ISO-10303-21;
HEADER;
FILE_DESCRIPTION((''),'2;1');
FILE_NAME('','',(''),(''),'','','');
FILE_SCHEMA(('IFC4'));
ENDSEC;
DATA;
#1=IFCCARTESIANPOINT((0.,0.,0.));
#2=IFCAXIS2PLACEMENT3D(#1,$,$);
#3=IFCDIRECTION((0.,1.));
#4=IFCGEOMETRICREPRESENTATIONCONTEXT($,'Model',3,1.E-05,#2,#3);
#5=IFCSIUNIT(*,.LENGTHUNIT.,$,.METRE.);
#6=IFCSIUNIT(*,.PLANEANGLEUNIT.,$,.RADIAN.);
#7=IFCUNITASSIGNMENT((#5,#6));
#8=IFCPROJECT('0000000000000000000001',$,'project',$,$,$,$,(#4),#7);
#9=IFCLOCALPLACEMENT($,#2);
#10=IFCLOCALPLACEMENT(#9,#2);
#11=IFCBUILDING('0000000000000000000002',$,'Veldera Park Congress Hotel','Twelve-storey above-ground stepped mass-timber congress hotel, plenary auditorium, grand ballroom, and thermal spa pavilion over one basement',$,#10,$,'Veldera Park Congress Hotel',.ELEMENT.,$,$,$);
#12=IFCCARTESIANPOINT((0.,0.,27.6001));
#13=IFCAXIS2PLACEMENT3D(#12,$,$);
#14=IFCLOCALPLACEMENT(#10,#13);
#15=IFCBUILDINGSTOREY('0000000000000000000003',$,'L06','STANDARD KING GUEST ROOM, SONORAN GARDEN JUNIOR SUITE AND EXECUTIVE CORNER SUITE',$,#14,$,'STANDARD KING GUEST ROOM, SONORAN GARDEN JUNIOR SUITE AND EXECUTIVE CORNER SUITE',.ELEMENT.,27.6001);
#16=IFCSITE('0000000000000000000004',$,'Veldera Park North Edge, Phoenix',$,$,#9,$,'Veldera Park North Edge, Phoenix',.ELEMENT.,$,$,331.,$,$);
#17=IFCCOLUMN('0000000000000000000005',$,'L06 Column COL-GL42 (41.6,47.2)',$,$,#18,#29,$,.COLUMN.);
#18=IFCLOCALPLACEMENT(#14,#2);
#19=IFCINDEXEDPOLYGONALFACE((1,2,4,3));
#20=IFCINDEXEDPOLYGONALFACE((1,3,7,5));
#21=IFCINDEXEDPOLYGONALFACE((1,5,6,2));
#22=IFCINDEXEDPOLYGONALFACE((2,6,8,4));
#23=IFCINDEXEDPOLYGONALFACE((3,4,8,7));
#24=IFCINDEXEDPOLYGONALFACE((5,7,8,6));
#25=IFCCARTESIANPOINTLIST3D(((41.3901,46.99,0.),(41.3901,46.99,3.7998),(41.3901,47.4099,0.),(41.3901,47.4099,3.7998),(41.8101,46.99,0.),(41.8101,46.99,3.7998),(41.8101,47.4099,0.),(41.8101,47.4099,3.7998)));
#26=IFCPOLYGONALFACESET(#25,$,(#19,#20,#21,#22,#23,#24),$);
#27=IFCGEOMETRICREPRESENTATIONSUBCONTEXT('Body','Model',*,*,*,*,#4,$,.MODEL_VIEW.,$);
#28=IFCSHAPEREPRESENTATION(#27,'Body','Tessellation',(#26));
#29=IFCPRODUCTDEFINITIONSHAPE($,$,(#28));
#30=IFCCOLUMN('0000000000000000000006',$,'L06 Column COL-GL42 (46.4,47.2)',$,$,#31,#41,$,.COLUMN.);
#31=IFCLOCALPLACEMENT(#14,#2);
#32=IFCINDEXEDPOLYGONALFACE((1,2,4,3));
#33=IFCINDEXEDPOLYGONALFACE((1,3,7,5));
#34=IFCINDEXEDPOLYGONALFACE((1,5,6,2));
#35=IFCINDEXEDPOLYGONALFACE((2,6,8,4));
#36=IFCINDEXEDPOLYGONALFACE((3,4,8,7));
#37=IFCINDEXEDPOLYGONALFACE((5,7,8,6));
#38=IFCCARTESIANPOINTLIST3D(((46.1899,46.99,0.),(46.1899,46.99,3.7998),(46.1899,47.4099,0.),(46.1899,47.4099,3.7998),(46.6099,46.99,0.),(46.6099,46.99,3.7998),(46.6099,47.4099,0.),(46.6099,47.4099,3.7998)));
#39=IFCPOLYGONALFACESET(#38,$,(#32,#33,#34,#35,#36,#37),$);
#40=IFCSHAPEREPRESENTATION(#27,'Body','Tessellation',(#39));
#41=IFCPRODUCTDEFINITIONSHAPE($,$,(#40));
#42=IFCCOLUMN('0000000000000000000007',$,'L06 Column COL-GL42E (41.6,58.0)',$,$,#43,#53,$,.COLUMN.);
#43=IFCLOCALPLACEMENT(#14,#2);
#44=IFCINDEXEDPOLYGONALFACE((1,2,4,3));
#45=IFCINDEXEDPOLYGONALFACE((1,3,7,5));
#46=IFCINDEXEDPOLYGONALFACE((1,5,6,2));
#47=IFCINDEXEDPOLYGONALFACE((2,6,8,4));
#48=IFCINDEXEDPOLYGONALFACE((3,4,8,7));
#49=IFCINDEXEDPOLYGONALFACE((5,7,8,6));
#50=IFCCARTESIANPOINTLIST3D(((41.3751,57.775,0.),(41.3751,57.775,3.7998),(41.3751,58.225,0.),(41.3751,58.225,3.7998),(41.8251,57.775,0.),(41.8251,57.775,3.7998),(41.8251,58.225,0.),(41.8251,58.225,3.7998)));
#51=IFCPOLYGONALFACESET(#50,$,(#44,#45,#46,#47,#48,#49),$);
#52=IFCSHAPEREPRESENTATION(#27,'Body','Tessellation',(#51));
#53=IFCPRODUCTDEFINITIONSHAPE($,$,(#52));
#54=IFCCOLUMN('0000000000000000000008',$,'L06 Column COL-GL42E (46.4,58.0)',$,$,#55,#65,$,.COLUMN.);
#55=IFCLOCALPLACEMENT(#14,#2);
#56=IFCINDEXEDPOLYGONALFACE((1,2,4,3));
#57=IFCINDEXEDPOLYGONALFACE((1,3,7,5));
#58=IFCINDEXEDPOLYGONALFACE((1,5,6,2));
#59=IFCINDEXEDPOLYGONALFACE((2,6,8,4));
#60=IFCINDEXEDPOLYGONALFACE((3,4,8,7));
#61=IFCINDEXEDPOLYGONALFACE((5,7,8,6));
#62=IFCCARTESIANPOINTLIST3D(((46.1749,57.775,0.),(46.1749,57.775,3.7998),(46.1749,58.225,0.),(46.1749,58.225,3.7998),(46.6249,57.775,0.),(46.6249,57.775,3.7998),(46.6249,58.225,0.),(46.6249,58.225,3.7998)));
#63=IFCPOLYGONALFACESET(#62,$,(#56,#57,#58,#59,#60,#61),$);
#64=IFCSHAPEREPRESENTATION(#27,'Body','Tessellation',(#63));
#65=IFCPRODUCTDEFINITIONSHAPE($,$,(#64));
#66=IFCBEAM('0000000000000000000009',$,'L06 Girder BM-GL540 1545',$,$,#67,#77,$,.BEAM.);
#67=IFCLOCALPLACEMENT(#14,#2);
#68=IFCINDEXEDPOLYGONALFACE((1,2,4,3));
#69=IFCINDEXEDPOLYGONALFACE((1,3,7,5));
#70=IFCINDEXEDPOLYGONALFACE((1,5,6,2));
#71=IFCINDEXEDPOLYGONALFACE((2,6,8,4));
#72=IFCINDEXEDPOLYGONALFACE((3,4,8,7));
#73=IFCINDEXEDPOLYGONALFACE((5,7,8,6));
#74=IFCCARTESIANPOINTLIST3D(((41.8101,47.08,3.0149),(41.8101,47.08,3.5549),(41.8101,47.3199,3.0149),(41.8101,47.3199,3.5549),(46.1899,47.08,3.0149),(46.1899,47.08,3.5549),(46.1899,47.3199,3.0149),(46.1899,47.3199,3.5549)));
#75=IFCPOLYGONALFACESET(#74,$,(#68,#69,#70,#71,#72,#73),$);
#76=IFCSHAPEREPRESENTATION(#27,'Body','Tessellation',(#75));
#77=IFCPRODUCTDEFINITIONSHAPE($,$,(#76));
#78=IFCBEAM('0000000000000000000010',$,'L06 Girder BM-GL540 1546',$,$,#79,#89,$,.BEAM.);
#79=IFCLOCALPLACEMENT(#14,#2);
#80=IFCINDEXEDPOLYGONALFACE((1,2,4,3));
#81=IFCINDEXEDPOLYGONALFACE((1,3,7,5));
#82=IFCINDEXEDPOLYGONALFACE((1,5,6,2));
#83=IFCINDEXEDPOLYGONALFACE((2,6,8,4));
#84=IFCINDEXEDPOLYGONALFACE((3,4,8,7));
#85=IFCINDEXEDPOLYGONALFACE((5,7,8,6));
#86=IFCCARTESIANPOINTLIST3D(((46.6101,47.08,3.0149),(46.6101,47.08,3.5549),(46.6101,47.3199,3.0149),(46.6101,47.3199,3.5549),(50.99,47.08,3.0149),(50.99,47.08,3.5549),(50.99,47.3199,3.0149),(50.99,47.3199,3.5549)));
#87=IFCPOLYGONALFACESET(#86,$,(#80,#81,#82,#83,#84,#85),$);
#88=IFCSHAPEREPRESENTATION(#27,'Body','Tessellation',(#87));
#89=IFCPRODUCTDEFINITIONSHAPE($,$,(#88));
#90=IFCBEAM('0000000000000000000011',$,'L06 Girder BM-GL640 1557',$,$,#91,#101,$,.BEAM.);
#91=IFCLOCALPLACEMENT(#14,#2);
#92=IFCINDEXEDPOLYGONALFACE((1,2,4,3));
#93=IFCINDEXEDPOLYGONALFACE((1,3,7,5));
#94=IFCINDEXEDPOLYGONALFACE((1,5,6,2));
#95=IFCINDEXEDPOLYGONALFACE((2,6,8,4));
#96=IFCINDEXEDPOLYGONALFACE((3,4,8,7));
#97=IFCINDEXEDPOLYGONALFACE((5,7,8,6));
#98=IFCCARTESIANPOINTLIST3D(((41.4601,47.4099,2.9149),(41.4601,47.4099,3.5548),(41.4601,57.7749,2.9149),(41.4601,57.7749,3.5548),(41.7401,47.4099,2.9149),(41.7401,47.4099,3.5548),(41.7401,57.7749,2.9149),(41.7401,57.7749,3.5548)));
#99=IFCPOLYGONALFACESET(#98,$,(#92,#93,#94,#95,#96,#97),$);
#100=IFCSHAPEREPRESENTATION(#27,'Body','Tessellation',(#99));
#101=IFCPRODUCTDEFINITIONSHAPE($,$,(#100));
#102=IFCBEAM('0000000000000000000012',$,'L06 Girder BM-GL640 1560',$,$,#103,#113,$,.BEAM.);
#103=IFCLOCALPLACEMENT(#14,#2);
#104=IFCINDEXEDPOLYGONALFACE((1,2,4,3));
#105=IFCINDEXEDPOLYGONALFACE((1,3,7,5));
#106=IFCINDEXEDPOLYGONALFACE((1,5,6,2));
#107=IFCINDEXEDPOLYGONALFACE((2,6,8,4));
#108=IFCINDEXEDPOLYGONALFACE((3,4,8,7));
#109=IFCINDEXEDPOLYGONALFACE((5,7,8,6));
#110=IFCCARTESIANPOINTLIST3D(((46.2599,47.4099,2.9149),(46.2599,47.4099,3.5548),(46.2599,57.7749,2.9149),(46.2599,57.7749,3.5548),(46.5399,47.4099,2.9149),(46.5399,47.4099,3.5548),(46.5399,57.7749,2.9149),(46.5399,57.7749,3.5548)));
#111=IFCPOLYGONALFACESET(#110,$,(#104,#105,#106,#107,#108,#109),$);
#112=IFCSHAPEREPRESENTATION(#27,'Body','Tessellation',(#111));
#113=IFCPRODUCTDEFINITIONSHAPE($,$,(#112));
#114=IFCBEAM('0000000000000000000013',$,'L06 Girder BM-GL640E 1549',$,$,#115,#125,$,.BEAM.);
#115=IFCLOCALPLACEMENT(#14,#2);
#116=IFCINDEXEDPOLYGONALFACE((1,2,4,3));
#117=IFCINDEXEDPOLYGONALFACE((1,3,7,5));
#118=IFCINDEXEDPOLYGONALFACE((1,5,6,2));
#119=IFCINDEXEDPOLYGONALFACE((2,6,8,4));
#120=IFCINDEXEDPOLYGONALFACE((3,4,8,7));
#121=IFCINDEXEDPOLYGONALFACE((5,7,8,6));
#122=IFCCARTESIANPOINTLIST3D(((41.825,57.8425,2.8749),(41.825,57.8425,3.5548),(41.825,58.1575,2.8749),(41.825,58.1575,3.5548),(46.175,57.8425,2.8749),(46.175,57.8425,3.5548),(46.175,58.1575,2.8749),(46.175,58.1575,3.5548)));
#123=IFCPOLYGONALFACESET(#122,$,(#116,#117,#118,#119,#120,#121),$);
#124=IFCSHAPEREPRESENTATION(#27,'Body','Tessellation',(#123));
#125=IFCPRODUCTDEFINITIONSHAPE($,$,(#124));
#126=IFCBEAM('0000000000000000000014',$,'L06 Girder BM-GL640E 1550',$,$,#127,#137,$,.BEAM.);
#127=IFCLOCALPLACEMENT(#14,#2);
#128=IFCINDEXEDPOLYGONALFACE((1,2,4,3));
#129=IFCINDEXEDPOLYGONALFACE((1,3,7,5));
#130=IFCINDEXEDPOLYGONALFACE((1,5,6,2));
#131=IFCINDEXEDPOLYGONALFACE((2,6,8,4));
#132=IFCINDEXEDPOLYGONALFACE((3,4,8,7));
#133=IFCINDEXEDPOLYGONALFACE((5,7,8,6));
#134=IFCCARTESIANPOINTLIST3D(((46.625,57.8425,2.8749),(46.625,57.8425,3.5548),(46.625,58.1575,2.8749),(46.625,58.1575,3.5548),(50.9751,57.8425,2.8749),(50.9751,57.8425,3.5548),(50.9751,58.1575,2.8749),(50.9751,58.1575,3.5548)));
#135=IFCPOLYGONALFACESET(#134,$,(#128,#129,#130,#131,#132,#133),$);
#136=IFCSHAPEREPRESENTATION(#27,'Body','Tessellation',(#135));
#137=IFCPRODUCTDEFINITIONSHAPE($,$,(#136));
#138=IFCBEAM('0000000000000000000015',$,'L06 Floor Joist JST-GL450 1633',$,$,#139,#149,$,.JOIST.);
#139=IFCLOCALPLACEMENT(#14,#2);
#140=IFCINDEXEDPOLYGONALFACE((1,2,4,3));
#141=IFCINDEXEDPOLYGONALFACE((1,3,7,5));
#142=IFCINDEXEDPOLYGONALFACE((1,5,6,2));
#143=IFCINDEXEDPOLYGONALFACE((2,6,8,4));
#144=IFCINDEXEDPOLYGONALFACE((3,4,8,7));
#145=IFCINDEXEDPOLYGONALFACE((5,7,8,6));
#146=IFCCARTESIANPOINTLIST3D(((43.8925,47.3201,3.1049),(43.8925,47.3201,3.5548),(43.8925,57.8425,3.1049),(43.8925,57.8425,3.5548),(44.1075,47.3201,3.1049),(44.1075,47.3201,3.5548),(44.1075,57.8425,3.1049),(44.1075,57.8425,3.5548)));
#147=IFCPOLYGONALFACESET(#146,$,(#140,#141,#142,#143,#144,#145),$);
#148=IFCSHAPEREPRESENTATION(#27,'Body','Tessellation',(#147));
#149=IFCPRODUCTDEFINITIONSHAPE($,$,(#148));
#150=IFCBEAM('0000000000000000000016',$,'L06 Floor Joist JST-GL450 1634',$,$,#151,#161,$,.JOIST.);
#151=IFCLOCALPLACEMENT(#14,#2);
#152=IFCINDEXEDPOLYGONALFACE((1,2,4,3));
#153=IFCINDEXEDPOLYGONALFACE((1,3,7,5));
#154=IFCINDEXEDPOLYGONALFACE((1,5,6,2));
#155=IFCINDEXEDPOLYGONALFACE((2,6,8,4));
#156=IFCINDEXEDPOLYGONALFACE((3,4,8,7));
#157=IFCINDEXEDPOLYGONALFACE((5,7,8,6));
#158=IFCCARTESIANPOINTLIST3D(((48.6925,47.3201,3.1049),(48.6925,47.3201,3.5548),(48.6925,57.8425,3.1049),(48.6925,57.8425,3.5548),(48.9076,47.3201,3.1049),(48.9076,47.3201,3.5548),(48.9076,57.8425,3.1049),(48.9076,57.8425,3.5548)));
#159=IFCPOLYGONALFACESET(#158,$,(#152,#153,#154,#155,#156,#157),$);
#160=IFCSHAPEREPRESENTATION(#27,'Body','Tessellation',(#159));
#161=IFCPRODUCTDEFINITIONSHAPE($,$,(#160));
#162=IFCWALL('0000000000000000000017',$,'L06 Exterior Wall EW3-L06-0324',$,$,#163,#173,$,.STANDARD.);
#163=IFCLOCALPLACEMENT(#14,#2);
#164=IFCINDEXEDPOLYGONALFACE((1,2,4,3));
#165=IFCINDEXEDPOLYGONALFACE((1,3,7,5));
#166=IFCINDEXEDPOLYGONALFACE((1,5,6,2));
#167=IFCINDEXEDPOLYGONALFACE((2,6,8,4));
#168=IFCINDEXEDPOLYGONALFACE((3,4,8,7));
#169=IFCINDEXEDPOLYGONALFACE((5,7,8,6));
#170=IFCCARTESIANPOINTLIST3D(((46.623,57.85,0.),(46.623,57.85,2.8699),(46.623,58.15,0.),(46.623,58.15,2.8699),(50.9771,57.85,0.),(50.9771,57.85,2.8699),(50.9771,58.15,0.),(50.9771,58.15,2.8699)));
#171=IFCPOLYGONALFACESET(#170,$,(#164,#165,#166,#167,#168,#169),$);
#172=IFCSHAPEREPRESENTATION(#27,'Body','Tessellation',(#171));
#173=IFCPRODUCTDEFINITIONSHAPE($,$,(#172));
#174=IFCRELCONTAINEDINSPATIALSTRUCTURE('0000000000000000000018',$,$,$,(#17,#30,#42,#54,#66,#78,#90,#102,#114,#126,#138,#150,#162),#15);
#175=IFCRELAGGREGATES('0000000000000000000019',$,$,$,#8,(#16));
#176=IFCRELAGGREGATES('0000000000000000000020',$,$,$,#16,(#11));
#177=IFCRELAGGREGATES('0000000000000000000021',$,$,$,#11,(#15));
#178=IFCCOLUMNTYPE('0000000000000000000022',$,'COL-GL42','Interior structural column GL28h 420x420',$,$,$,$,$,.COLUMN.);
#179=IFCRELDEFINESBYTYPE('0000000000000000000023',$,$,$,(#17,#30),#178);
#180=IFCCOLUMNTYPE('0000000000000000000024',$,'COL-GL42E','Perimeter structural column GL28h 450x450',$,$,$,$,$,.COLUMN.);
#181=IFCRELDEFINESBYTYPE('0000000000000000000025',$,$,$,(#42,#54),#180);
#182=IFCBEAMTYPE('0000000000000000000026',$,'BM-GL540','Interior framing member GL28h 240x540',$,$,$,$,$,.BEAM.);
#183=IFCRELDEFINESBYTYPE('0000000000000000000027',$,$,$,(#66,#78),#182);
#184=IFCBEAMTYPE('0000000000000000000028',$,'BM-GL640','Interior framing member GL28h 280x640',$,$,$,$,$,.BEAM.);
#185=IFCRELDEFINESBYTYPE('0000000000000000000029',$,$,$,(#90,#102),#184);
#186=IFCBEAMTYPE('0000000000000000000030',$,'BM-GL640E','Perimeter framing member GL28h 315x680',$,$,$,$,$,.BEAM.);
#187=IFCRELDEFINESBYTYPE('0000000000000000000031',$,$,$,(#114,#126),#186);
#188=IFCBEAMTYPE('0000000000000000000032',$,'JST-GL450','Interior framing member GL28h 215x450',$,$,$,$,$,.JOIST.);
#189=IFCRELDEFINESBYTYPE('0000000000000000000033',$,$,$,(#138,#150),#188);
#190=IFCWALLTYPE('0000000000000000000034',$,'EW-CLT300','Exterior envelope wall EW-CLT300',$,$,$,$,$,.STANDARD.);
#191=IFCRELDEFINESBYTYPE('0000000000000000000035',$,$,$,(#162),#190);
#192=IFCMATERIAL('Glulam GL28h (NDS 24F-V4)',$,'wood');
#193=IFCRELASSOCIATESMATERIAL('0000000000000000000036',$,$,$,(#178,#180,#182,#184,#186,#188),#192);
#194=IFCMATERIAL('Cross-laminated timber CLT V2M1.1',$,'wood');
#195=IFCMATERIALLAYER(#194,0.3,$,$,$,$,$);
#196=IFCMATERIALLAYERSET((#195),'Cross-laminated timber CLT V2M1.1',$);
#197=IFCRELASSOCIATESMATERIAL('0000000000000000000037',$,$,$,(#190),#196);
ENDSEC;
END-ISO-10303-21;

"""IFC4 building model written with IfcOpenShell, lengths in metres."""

from ifc_helpers import new_model, si_unit, direction, frame, frame_2d, origin, origin_2d, place, context, subcontext, project, spatial, rectangle, extrude, material, layer, layer_set, material_profile, profile_set, type_object, element, save


model = new_model("IFC4")

# Units and contexts
model_context = context("Model", 3, precision=1e-05, world=origin(), true_north=direction((0.0, 1.0)))
body_context = subcontext(model_context, "Body", "Model", "MODEL_VIEW")
ifc_project = project(units=[si_unit("LENGTHUNIT", "METRE"), si_unit("PLANEANGLEUNIT", "RADIAN")], contexts=[model_context])

# Site, building, storey
site_placement = place(None, origin())
site = spatial("IfcSite", under=ifc_project, at=site_placement, Name="Veldera Park North Edge, Phoenix", LongName="Veldera Park North Edge, Phoenix", CompositionType="ELEMENT", RefElevation=331.0)
building_placement = place(site_placement, origin())
building = spatial("IfcBuilding", under=site, at=building_placement, Name="Veldera Park Congress Hotel", Description="Twelve-storey above-ground stepped mass-timber congress hotel, plenary auditorium, grand ballroom, and thermal spa pavilion over one basement", LongName="Veldera Park Congress Hotel", CompositionType="ELEMENT")
storey_placement = place(building_placement, frame((0.0, 0.0, 27.6001)))
storey = spatial("IfcBuildingStorey", under=building, at=storey_placement, Name="L06", Description="STANDARD KING GUEST ROOM, SONORAN GARDEN JUNIOR SUITE AND EXECUTIVE CORNER SUITE", LongName="STANDARD KING GUEST ROOM, SONORAN GARDEN JUNIOR SUITE AND EXECUTIVE CORNER SUITE", CompositionType="ELEMENT", Elevation=27.6001)

# Columns
ifc_material_1 = material(Name="Glulam GL28h (NDS 24F-V4)", Category="wood")
ifc_material_profile_1 = material_profile(ifc_material_1, rectangle(XDim=0.4199, YDim=0.4199, at=origin_2d()), Name="GL28h 420x420")
ifc_profile_set_1 = profile_set([ifc_material_profile_1], Name="Glulam GL28h (NDS 24F-V4)")
column_type_1 = type_object("IfcColumnType", Name="COL-GL42", Description="Interior structural column GL28h 420x420", PredefinedType="COLUMN", material=ifc_profile_set_1)
for number, where, z_axis, x_axis, name in (
    (1, (41.6001, 47.2, 0.0), (0.0, 0.0, 1.0), (1.0, 0.0, 0.0), "L06 Column COL-GL42 (41.6,47.2)"),
    (2, (46.3999, 47.2, 0.0), (0.0, 0.0, 1.0), (1.0, 0.0, 0.0), "L06 Column COL-GL42 (46.4,47.2)"),
):
    element("IfcColumn", number, at=place(storey_placement, frame(where, z_axis=z_axis, x_axis=x_axis)), inside=storey, type_object=column_type_1, Name=name, PredefinedType="COLUMN", context=body_context, shape_type="SweptSolid", body=[
        extrude(rectangle(XDim=0.4199, YDim=0.4199, at=origin_2d()), origin(), (0.0, 0.0, 1.0), 3.7998),
    ])
ifc_material_profile_2 = material_profile(ifc_material_1, rectangle(XDim=0.45, YDim=0.45, at=origin_2d()), Name="GL28h 450x450")
ifc_profile_set_2 = profile_set([ifc_material_profile_2], Name="Glulam GL28h (NDS 24F-V4)")
column_type_2 = type_object("IfcColumnType", Name="COL-GL42E", Description="Perimeter structural column GL28h 450x450", PredefinedType="COLUMN", material=ifc_profile_set_2)
for number, where, z_axis, x_axis, name in (
    (3, (41.6001, 58.0, 0.0), (0.0, 0.0, 1.0), (1.0, 0.0, 0.0), "L06 Column COL-GL42E (41.6,58.0)"),
    (4, (46.3999, 58.0, 0.0), (0.0, 0.0, 1.0), (1.0, 0.0, 0.0), "L06 Column COL-GL42E (46.4,58.0)"),
):
    element("IfcColumn", number, at=place(storey_placement, frame(where, z_axis=z_axis, x_axis=x_axis)), inside=storey, type_object=column_type_2, Name=name, PredefinedType="COLUMN", context=body_context, shape_type="SweptSolid", body=[
        extrude(rectangle(XDim=0.45, YDim=0.45, at=origin_2d()), origin(), (0.0, 0.0, 1.0), 3.7998),
    ])

# Beams
ifc_material_profile_3 = material_profile(ifc_material_1, rectangle(XDim=0.24, YDim=0.54, at=origin_2d()), Name="GL28h 240x540")
ifc_profile_set_3 = profile_set([ifc_material_profile_3], Name="Glulam GL28h (NDS 24F-V4)")
beam_type_1 = type_object("IfcBeamType", Name="BM-GL540", Description="Interior framing member GL28h 240x540", PredefinedType="BEAM", material=ifc_profile_set_3)
for number, where, z_axis, x_axis, name in (
    (5, (41.8101, 47.2, 3.2849), (1.0, 0.0, 0.0), (0.0, 1.0, 0.0), "L06 Girder BM-GL540 1545"),
    (6, (46.6101, 47.2, 3.2849), (1.0, 0.0, 0.0), (0.0, 1.0, 0.0), "L06 Girder BM-GL540 1546"),
):
    element("IfcBeam", number, at=place(storey_placement, frame(where, z_axis=z_axis, x_axis=x_axis)), inside=storey, type_object=beam_type_1, Name=name, PredefinedType="BEAM", context=body_context, shape_type="SweptSolid", body=[
        extrude(rectangle(XDim=0.24, YDim=0.54, at=origin_2d()), origin(), (0.0, 0.0, 1.0), 4.3799),
    ])
ifc_material_profile_4 = material_profile(ifc_material_1, rectangle(XDim=0.28, YDim=0.6399, at=origin_2d()), Name="GL28h 280x640")
ifc_profile_set_4 = profile_set([ifc_material_profile_4], Name="Glulam GL28h (NDS 24F-V4)")
beam_type_2 = type_object("IfcBeamType", Name="BM-GL640", Description="Interior framing member GL28h 280x640", PredefinedType="BEAM", material=ifc_profile_set_4)
for number, where, z_axis, x_axis, name in (
    (7, (41.6001, 47.4099, 3.2349), (0.0, 1.0, 0.0), (-1.0, 0.0, 0.0), "L06 Girder BM-GL640 1557"),
    (8, (46.3999, 47.4099, 3.2349), (0.0, 1.0, 0.0), (-1.0, 0.0, 0.0), "L06 Girder BM-GL640 1560"),
):
    element("IfcBeam", number, at=place(storey_placement, frame(where, z_axis=z_axis, x_axis=x_axis)), inside=storey, type_object=beam_type_2, Name=name, PredefinedType="BEAM", context=body_context, shape_type="SweptSolid", body=[
        extrude(rectangle(XDim=0.28, YDim=0.6399, at=origin_2d()), origin(), (0.0, 0.0, 1.0), 10.365),
    ])
ifc_material_profile_5 = material_profile(ifc_material_1, rectangle(XDim=0.3149, YDim=0.6799, at=origin_2d()), Name="GL28h 315x680")
ifc_profile_set_5 = profile_set([ifc_material_profile_5], Name="Glulam GL28h (NDS 24F-V4)")
beam_type_3 = type_object("IfcBeamType", Name="BM-GL640E", Description="Perimeter framing member GL28h 315x680", PredefinedType="BEAM", material=ifc_profile_set_5)
for number, where, z_axis, x_axis, name in (
    (9, (41.825, 58.0, 3.2148), (1.0, 0.0, 0.0), (0.0, 1.0, 0.0), "L06 Girder BM-GL640E 1549"),
    (10, (46.625, 58.0, 3.2148), (1.0, 0.0, 0.0), (0.0, 1.0, 0.0), "L06 Girder BM-GL640E 1550"),
):
    element("IfcBeam", number, at=place(storey_placement, frame(where, z_axis=z_axis, x_axis=x_axis)), inside=storey, type_object=beam_type_3, Name=name, PredefinedType="BEAM", context=body_context, shape_type="SweptSolid", body=[
        extrude(rectangle(XDim=0.3149, YDim=0.6799, at=origin_2d()), origin(), (0.0, 0.0, 1.0), 4.3501),
    ])
ifc_material_profile_6 = material_profile(ifc_material_1, rectangle(XDim=0.2151, YDim=0.45, at=origin_2d()), Name="GL28h 215x450")
ifc_profile_set_6 = profile_set([ifc_material_profile_6], Name="Glulam GL28h (NDS 24F-V4)")
beam_type_4 = type_object("IfcBeamType", Name="JST-GL450", Description="Interior framing member GL28h 215x450", PredefinedType="JOIST", material=ifc_profile_set_6)
for number, where, z_axis, x_axis, name in (
    (11, (44.0, 47.3201, 3.3298), (0.0, 1.0, 0.0), (-1.0, 0.0, 0.0), "L06 Floor Joist JST-GL450 1633"),
    (12, (48.8, 47.3201, 3.3298), (0.0, 1.0, 0.0), (-1.0, 0.0, 0.0), "L06 Floor Joist JST-GL450 1634"),
):
    element("IfcBeam", number, at=place(storey_placement, frame(where, z_axis=z_axis, x_axis=x_axis)), inside=storey, type_object=beam_type_4, Name=name, PredefinedType="JOIST", context=body_context, shape_type="SweptSolid", body=[
        extrude(rectangle(XDim=0.2151, YDim=0.45, at=origin_2d()), origin(), (0.0, 0.0, 1.0), 10.5225),
    ])

# Wall
ifc_material_2 = material(Name="Cross-laminated timber CLT V2M1.1", Category="wood")
ifc_layer = layer(ifc_material_2, 0.3)
ifc_layer_set = layer_set([ifc_layer], Name="Cross-laminated timber CLT V2M1.1")
wall_type = type_object("IfcWallType", Name="EW-CLT300", Description="Exterior envelope wall EW-CLT300", PredefinedType="STANDARD", material=ifc_layer_set)
wall_1_placement = place(storey_placement, frame((50.9771, 58.0, 0.0), z_axis=(0.0, 0.0, 1.0), x_axis=(-1.0, 0.0, 0.0)))
element("IfcWall", 13, at=wall_1_placement, inside=storey, type_object=wall_type, Name="L06 Exterior Wall EW3-L06-0324", PredefinedType="STANDARD", context=body_context, shape_type="SweptSolid", body=[
    extrude(rectangle(XDim=4.354, YDim=0.3, at=frame_2d((2.177, 0.0))), origin(), (0.0, 0.0, 1.0), 2.8699),
])

save(model, "model.ifc")
